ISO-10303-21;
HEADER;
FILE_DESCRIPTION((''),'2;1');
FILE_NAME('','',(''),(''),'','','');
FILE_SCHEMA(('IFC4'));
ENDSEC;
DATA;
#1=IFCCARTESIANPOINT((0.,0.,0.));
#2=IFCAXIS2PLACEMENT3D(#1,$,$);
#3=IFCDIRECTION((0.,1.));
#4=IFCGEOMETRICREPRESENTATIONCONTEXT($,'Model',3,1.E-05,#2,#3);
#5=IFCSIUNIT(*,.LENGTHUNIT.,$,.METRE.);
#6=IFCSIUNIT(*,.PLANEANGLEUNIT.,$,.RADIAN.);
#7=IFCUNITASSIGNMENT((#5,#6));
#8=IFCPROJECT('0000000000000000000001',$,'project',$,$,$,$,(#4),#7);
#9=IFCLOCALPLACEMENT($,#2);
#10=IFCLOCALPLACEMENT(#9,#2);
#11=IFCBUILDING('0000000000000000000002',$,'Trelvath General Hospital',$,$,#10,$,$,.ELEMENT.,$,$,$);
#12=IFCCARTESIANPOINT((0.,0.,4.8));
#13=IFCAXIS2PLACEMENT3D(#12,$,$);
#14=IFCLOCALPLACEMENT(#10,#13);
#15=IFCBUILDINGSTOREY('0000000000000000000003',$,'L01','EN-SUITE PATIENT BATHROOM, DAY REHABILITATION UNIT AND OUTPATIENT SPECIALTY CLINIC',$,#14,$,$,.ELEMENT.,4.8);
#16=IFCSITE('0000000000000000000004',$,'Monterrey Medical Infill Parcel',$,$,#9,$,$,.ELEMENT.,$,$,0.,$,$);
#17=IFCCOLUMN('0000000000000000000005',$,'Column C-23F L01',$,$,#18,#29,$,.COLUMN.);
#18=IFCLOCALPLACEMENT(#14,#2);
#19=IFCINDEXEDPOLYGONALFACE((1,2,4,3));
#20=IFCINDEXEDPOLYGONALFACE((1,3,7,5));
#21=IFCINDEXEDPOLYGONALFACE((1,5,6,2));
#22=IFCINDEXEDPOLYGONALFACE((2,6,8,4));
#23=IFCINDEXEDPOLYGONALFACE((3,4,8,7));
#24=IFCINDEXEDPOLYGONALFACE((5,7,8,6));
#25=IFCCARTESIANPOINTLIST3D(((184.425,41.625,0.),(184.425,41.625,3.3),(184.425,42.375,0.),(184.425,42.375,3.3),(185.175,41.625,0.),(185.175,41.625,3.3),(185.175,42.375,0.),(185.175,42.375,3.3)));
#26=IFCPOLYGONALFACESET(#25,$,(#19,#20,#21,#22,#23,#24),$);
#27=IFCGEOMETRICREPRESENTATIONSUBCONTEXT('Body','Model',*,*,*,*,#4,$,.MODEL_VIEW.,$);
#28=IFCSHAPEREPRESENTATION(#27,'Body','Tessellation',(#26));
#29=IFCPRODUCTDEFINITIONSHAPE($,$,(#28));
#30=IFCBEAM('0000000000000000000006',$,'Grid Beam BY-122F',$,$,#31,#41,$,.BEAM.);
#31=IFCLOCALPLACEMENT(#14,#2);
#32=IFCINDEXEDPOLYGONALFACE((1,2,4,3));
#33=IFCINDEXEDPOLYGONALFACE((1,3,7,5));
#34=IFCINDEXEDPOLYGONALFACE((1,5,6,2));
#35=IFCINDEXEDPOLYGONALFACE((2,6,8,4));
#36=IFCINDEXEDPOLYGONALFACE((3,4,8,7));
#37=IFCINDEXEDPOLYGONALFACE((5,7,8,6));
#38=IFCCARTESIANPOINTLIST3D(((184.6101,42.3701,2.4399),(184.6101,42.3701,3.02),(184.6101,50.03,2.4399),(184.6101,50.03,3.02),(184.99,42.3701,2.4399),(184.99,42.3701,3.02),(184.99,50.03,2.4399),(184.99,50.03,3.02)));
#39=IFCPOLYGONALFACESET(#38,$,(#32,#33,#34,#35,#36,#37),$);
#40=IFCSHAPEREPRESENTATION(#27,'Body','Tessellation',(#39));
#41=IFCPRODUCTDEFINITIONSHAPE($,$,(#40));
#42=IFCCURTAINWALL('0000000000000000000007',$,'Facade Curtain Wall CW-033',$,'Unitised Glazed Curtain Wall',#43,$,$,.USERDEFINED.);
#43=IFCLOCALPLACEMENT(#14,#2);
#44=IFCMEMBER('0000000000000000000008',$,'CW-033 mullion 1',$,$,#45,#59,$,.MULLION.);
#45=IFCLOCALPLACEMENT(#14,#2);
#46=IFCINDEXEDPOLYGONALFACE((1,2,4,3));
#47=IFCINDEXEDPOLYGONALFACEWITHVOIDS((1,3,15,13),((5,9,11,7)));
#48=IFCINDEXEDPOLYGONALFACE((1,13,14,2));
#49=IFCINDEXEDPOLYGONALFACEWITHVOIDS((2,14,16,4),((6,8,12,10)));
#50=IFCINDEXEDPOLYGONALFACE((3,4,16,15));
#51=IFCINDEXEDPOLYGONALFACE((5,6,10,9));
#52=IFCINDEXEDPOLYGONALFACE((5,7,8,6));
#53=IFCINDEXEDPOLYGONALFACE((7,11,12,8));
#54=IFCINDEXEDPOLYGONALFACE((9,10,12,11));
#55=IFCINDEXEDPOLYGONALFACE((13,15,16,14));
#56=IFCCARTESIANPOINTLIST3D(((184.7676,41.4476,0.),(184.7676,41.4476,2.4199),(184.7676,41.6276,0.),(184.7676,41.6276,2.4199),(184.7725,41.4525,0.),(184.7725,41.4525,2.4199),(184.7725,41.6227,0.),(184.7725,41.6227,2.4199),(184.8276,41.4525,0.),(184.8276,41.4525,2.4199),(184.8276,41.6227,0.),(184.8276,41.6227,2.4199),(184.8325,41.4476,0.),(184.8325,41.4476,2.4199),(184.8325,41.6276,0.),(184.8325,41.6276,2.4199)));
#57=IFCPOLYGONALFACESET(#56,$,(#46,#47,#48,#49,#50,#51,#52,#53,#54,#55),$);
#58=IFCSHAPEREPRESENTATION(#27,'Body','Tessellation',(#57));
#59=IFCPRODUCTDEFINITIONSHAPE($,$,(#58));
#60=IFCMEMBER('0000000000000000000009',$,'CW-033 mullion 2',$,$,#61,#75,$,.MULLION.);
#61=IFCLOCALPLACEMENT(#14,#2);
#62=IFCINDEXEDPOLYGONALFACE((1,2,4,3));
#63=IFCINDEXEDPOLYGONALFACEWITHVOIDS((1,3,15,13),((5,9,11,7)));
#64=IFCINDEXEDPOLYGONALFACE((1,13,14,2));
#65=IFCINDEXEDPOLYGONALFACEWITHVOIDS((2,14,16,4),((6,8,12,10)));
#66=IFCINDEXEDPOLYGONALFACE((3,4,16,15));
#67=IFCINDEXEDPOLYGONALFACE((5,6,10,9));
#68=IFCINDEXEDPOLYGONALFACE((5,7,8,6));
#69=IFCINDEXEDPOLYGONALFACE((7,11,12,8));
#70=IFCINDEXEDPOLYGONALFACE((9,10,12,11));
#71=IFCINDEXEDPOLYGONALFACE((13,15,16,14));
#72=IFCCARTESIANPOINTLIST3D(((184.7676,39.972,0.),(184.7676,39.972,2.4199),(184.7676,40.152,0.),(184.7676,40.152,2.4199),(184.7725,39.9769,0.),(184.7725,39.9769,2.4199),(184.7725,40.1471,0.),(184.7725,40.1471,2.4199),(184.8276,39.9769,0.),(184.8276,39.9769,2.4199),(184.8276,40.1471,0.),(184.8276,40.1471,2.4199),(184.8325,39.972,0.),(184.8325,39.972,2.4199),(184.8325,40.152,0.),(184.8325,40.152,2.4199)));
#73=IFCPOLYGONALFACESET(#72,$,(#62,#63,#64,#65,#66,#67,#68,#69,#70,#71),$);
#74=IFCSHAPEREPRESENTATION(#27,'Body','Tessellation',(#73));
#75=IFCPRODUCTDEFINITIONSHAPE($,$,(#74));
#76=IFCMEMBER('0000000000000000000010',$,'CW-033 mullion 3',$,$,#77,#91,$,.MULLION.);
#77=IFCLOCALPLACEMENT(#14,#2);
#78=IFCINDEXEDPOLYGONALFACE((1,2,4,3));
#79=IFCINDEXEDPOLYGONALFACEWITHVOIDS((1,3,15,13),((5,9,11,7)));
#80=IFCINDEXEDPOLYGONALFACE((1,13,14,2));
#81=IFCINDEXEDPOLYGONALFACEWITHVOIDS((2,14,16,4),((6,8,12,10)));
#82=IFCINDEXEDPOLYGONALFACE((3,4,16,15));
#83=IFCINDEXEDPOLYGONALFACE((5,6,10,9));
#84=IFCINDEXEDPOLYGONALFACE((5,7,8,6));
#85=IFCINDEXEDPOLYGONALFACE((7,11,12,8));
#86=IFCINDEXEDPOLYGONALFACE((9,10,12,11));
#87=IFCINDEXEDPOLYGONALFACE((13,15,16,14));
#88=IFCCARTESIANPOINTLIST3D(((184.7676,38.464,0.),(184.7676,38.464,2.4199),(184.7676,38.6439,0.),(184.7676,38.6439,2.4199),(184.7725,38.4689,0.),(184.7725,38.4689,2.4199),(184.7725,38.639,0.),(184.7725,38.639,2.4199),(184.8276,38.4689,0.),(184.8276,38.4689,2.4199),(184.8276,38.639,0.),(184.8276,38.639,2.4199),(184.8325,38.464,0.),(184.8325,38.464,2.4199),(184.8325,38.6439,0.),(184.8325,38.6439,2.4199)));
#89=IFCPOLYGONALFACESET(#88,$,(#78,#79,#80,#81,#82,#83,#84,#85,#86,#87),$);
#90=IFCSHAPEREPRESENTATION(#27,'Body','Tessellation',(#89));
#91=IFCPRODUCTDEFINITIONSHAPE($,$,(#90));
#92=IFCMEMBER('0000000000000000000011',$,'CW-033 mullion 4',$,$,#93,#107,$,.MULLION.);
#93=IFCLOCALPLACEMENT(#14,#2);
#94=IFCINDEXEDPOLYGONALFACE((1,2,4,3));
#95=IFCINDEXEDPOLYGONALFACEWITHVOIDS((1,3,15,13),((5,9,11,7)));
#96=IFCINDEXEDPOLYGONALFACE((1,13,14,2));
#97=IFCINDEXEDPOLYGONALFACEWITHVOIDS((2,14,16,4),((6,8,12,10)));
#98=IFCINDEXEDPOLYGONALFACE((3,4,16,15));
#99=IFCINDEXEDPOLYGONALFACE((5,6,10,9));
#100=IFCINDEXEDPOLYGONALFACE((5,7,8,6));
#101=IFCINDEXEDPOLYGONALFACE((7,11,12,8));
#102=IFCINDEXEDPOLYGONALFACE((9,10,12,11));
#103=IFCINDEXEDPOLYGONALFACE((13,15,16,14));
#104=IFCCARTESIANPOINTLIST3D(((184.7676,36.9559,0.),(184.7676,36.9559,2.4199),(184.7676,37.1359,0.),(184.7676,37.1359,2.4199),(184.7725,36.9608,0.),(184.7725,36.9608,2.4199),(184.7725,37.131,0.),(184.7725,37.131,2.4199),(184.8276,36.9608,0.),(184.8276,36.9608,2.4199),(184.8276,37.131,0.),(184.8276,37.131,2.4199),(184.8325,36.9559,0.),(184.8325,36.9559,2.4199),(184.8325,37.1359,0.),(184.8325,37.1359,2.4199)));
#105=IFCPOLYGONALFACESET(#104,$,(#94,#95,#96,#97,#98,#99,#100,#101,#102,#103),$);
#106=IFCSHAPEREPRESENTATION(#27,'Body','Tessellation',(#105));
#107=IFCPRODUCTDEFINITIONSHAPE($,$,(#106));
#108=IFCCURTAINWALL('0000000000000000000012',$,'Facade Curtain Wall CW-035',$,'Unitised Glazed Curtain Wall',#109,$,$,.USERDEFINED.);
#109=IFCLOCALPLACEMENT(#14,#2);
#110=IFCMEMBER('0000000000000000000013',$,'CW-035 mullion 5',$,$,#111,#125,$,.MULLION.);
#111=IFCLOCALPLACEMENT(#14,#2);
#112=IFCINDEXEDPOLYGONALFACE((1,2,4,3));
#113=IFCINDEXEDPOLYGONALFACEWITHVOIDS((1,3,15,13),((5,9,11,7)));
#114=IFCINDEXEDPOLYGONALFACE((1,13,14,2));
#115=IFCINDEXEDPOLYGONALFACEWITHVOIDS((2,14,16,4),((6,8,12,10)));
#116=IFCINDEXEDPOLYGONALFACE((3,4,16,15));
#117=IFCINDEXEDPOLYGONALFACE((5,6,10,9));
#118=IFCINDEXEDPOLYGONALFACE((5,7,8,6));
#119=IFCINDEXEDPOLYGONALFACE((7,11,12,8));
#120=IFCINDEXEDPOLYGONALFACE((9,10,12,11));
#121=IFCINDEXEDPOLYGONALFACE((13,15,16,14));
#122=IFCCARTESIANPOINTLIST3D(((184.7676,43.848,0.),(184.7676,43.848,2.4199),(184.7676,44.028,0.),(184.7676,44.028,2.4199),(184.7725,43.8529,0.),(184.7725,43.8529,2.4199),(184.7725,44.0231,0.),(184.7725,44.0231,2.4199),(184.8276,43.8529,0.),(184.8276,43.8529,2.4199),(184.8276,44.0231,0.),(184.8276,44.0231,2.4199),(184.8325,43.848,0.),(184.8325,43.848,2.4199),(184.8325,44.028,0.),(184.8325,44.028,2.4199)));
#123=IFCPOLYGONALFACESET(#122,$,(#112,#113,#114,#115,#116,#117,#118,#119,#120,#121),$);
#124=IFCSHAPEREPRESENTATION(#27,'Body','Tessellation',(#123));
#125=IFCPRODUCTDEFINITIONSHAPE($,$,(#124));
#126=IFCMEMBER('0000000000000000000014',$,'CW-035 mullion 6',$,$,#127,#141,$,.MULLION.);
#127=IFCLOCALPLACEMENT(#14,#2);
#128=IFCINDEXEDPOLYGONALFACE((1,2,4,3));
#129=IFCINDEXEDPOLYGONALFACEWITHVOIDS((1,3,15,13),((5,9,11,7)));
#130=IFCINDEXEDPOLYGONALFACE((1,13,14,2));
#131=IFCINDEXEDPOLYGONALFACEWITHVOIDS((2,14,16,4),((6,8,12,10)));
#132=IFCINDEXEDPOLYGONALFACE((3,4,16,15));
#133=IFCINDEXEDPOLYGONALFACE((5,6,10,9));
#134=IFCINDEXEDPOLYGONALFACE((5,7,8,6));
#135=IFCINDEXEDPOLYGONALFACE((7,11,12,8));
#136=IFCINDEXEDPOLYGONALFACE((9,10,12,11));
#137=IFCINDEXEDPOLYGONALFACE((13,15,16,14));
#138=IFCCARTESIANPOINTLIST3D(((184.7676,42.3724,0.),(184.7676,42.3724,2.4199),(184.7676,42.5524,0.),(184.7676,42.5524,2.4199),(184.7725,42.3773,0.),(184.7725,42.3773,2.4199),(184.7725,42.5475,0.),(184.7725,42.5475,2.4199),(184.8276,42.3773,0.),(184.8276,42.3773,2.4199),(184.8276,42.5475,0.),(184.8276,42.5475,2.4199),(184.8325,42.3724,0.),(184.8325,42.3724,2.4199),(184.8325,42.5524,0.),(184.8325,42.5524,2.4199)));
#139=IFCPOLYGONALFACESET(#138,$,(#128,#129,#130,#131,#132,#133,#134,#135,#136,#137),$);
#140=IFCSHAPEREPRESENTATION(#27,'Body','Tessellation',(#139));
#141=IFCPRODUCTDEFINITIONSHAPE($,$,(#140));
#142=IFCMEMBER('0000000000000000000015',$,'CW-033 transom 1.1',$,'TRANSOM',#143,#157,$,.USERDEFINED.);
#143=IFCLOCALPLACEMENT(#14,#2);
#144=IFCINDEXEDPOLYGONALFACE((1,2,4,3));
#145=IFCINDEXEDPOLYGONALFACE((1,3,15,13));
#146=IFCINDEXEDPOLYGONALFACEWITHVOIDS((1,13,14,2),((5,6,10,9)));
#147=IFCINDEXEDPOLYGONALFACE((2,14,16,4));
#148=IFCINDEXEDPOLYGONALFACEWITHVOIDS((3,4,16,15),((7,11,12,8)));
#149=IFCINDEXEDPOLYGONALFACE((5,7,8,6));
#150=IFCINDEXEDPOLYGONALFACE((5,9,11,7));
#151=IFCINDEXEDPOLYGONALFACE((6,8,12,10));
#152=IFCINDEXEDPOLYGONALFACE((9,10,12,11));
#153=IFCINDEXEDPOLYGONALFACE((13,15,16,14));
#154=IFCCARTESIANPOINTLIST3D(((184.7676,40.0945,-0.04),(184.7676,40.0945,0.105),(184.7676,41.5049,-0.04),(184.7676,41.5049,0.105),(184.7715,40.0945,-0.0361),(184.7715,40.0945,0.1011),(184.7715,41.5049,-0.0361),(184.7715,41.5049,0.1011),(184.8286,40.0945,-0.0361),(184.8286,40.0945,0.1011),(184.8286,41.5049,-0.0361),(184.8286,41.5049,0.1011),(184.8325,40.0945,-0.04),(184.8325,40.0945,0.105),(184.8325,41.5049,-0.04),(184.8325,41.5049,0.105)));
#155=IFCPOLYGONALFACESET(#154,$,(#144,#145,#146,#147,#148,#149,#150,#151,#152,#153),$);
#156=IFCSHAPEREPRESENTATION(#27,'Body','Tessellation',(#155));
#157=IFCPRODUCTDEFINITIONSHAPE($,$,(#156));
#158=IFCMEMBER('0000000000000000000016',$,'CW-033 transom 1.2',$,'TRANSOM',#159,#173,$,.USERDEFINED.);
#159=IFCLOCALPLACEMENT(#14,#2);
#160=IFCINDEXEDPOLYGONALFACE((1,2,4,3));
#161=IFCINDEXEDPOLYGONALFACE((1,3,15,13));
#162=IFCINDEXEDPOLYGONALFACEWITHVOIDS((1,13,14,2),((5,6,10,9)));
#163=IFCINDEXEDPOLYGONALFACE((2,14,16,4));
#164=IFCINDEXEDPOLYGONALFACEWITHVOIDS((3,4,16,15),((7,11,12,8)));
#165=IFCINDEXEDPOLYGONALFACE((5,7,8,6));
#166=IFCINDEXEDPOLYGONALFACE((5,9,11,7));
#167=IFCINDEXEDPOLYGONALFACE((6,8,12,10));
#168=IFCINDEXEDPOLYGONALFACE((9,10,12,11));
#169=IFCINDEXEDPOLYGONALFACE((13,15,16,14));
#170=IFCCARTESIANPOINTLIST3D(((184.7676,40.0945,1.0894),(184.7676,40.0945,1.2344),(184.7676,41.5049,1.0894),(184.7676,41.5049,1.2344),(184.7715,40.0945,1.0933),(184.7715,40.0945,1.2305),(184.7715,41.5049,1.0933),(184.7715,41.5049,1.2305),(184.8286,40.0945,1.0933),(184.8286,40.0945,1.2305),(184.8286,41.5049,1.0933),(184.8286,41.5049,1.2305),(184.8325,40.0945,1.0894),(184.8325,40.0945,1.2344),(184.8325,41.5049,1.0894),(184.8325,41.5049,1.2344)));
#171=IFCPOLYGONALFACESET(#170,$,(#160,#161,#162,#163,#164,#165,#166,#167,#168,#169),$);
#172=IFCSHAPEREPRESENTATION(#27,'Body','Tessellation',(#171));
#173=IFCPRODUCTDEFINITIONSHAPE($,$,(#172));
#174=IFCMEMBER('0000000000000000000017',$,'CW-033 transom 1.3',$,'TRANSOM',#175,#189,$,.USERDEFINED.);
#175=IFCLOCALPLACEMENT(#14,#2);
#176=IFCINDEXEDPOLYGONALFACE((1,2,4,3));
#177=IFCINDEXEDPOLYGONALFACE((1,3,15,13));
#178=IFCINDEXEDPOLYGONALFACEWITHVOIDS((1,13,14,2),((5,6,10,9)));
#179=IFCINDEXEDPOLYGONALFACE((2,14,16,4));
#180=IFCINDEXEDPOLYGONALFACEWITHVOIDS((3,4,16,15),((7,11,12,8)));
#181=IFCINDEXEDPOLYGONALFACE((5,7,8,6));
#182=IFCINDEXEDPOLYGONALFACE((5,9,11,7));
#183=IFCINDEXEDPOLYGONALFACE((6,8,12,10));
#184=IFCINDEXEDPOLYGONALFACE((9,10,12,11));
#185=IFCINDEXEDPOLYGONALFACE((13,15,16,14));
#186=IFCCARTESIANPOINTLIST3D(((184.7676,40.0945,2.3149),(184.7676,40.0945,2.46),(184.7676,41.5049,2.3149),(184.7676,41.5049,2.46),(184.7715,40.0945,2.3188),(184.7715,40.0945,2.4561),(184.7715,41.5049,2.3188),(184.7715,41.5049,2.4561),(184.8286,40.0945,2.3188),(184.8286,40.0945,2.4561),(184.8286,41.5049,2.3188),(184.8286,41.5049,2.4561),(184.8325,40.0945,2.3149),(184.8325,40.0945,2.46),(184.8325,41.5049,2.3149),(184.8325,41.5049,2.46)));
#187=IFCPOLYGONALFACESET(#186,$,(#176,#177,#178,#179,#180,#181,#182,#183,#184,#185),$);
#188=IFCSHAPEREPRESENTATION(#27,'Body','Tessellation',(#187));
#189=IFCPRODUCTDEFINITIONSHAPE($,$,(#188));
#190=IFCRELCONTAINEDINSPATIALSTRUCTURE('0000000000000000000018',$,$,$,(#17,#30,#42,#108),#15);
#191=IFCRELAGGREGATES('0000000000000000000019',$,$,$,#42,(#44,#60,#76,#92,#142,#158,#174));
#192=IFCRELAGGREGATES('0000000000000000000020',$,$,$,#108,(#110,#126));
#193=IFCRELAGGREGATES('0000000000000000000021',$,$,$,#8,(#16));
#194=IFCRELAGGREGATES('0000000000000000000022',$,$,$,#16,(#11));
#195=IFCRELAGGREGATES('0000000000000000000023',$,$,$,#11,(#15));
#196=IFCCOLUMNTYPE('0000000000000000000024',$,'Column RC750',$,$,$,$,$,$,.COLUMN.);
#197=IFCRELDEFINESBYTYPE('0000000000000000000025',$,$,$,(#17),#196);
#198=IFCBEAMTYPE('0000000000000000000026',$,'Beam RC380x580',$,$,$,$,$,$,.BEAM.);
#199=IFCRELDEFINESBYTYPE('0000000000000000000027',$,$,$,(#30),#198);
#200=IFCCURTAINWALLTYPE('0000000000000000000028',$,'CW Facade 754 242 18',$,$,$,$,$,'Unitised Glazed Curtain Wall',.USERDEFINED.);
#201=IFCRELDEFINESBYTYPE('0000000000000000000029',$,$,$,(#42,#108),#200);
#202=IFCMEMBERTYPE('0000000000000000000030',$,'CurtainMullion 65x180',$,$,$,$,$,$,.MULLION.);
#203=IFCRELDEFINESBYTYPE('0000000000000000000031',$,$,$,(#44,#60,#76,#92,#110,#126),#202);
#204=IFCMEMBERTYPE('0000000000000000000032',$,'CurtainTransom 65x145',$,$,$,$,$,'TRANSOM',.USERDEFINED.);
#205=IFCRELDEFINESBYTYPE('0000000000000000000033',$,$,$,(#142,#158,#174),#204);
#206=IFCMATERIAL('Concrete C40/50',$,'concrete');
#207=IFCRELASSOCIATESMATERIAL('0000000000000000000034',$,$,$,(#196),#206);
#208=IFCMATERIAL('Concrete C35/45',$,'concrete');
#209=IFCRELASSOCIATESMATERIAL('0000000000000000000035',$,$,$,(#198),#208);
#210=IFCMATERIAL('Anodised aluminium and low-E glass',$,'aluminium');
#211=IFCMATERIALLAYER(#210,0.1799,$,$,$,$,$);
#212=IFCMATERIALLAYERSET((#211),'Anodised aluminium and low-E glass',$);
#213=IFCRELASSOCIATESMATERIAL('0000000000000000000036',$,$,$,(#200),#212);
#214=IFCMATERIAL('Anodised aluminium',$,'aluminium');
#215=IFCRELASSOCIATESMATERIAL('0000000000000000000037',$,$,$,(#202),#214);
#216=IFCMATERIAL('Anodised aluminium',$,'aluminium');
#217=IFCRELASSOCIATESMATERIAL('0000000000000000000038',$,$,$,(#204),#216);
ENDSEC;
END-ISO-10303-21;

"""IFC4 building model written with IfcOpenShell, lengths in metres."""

from ifc_helpers import new_model, si_unit, direction, frame, origin, origin_2d, place, context, subcontext, project, spatial, rectangle, hollow_rectangle, extrude, material, layer, layer_set, material_profile, profile_set, type_object, element, aggregate, save


model = new_model("IFC4")

# Units and contexts
model_context = context("Model", 3, precision=1e-05, world=origin(), true_north=direction((0.0, 1.0)))
body_context = subcontext(model_context, "Body", "Model", "MODEL_VIEW")
ifc_project = project(units=[si_unit("LENGTHUNIT", "METRE"), si_unit("PLANEANGLEUNIT", "RADIAN")], contexts=[model_context])

# Site, building, storey
site_placement = place(None, origin())
site = spatial("IfcSite", under=ifc_project, at=site_placement, Name="Monterrey Medical Infill Parcel", CompositionType="ELEMENT", RefElevation=0.0)
building_placement = place(site_placement, origin())
building = spatial("IfcBuilding", under=site, at=building_placement, Name="Trelvath General Hospital", CompositionType="ELEMENT")
storey_placement = place(building_placement, frame((0.0, 0.0, 4.8)))
storey = spatial("IfcBuildingStorey", under=building, at=storey_placement, Name="L01", Description="EN-SUITE PATIENT BATHROOM, DAY REHABILITATION UNIT AND OUTPATIENT SPECIALTY CLINIC", CompositionType="ELEMENT", Elevation=4.8)

# Column
ifc_material_1 = material(Name="Concrete C40/50", Category="concrete")
ifc_material_profile_1 = material_profile(ifc_material_1, rectangle(XDim=0.75, YDim=0.75, at=origin_2d()), Name="RC750x750")
ifc_profile_set_1 = profile_set([ifc_material_profile_1], Name="Concrete C40/50")
column_type = type_object("IfcColumnType", Name="Column RC750", PredefinedType="COLUMN", material=ifc_profile_set_1)
column_placement = place(storey_placement, frame((184.8, 42.0, 0.0), z_axis=(0.0, 0.0, 1.0), x_axis=(1.0, 0.0, 0.0)))
element("IfcColumn", 1, at=column_placement, inside=storey, type_object=column_type, Name="Column C-23F L01", PredefinedType="COLUMN", context=body_context, shape_type="SweptSolid", body=[
    extrude(rectangle(XDim=0.75, YDim=0.75, at=origin_2d()), origin(), (0.0, 0.0, 1.0), 3.3),
])

# Beam
ifc_material_2 = material(Name="Concrete C35/45", Category="concrete")
ifc_material_profile_2 = material_profile(ifc_material_2, rectangle(XDim=0.3799, YDim=0.5801, at=origin_2d()), Name="RCB380x580")
ifc_profile_set_2 = profile_set([ifc_material_profile_2], Name="Concrete C35/45")
beam_type = type_object("IfcBeamType", Name="Beam RC380x580", PredefinedType="BEAM", material=ifc_profile_set_2)
beam_placement = place(storey_placement, frame((184.8, 42.3701, 2.73), z_axis=(0.0, 1.0, 0.0), x_axis=(-1.0, 0.0, 0.0)))
element("IfcBeam", 2, at=beam_placement, inside=storey, type_object=beam_type, Name="Grid Beam BY-122F", PredefinedType="BEAM", context=body_context, shape_type="SweptSolid", body=[
    extrude(rectangle(XDim=0.3799, YDim=0.5801, at=origin_2d()), origin(), (0.0, 0.0, 1.0), 7.6599),
])

# Curtain walls, members
ifc_material_3 = material(Name="Anodised aluminium and low-E glass", Category="aluminium")
ifc_layer_1 = layer(ifc_material_3, 0.1799)
ifc_layer_set_1 = layer_set([ifc_layer_1], Name="Anodised aluminium and low-E glass")
curtain_wall_type = type_object("IfcCurtainWallType", Name="CW Facade 754 242 18", ElementType="Unitised Glazed Curtain Wall", PredefinedType="USERDEFINED", material=ifc_layer_set_1)
curtain_wall_1_placement = place(storey_placement, origin())
curtain_wall_1 = element("IfcCurtainWall", 3, at=curtain_wall_1_placement, inside=storey, type_object=curtain_wall_type, Name="Facade Curtain Wall CW-033", ObjectType="Unitised Glazed Curtain Wall", PredefinedType="USERDEFINED")
ifc_material_4 = material(Name="Anodised aluminium", Category="aluminium")
ifc_material_profile_3 = material_profile(ifc_material_4, hollow_rectangle(XDim=0.0649, YDim=0.1799, WallThickness=0.0049, at=origin_2d()), Name="RHS65x180x5")
ifc_profile_set_3 = profile_set([ifc_material_profile_3], Name="Anodised aluminium")
member_type_1 = type_object("IfcMemberType", Name="CurtainMullion 65x180", PredefinedType="MULLION", material=ifc_profile_set_3)
member_1_placement = place(storey_placement, frame((184.8, 41.5376, 0.0), z_axis=(0.0, 0.0, 1.0), x_axis=(1.0, 0.0, 0.0)))
member_1 = element("IfcMember", 4, at=member_1_placement, type_object=member_type_1, Name="CW-033 mullion 1", PredefinedType="MULLION", context=body_context, shape_type="SweptSolid", body=[
    extrude(hollow_rectangle(XDim=0.0649, YDim=0.1799, WallThickness=0.0049, at=origin_2d()), origin(), (0.0, 0.0, 1.0), 2.4199),
])
member_2_placement = place(storey_placement, frame((184.8, 40.062, 0.0), z_axis=(0.0, 0.0, 1.0), x_axis=(1.0, 0.0, 0.0)))
member_2 = element("IfcMember", 5, at=member_2_placement, type_object=member_type_1, Name="CW-033 mullion 2", PredefinedType="MULLION", context=body_context, shape_type="SweptSolid", body=[
    extrude(hollow_rectangle(XDim=0.0649, YDim=0.1799, WallThickness=0.0049, at=origin_2d()), origin(), (0.0, 0.0, 1.0), 2.4199),
])
member_3_placement = place(storey_placement, frame((184.8, 38.554, 0.0), z_axis=(0.0, 0.0, 1.0), x_axis=(1.0, 0.0, 0.0)))
member_3 = element("IfcMember", 6, at=member_3_placement, type_object=member_type_1, Name="CW-033 mullion 3", PredefinedType="MULLION", context=body_context, shape_type="SweptSolid", body=[
    extrude(hollow_rectangle(XDim=0.0649, YDim=0.1799, WallThickness=0.0049, at=origin_2d()), origin(), (0.0, 0.0, 1.0), 2.4199),
])
member_4_placement = place(storey_placement, frame((184.8, 37.0459, 0.0), z_axis=(0.0, 0.0, 1.0), x_axis=(1.0, 0.0, 0.0)))
member_4 = element("IfcMember", 7, at=member_4_placement, type_object=member_type_1, Name="CW-033 mullion 4", PredefinedType="MULLION", context=body_context, shape_type="SweptSolid", body=[
    extrude(hollow_rectangle(XDim=0.0649, YDim=0.1799, WallThickness=0.0049, at=origin_2d()), origin(), (0.0, 0.0, 1.0), 2.4199),
])
curtain_wall_2_placement = place(storey_placement, origin())
curtain_wall_2 = element("IfcCurtainWall", 8, at=curtain_wall_2_placement, inside=storey, type_object=curtain_wall_type, Name="Facade Curtain Wall CW-035", ObjectType="Unitised Glazed Curtain Wall", PredefinedType="USERDEFINED")
member_5_placement = place(storey_placement, frame((184.8, 43.938, 0.0), z_axis=(0.0, 0.0, 1.0), x_axis=(1.0, 0.0, 0.0)))
member_5 = element("IfcMember", 9, at=member_5_placement, type_object=member_type_1, Name="CW-035 mullion 5", PredefinedType="MULLION", context=body_context, shape_type="SweptSolid", body=[
    extrude(hollow_rectangle(XDim=0.0649, YDim=0.1799, WallThickness=0.0049, at=origin_2d()), origin(), (0.0, 0.0, 1.0), 2.4199),
])
member_6_placement = place(storey_placement, frame((184.8, 42.4624, 0.0), z_axis=(0.0, 0.0, 1.0), x_axis=(1.0, 0.0, 0.0)))
member_6 = element("IfcMember", 10, at=member_6_placement, type_object=member_type_1, Name="CW-035 mullion 6", PredefinedType="MULLION", context=body_context, shape_type="SweptSolid", body=[
    extrude(hollow_rectangle(XDim=0.0649, YDim=0.1799, WallThickness=0.0049, at=origin_2d()), origin(), (0.0, 0.0, 1.0), 2.4199),
])

# Members
ifc_material_5 = material(Name="Anodised aluminium", Category="aluminium")
ifc_material_profile_4 = material_profile(ifc_material_5, hollow_rectangle(XDim=0.0649, YDim=0.145, WallThickness=0.0039, at=origin_2d()), Name="RHS65x145x4")
ifc_profile_set_4 = profile_set([ifc_material_profile_4], Name="Anodised aluminium")
member_type_2 = type_object("IfcMemberType", Name="CurtainTransom 65x145", ElementType="TRANSOM", PredefinedType="USERDEFINED", material=ifc_profile_set_4)
member_7_placement = place(storey_placement, frame((184.8, 41.5049, 0.0325), z_axis=(0.0, -1.0, 0.0), x_axis=(1.0, 0.0, 0.0)))
member_7 = element("IfcMember", 11, at=member_7_placement, type_object=member_type_2, Name="CW-033 transom 1.1", ObjectType="TRANSOM", PredefinedType="USERDEFINED", context=body_context, shape_type="SweptSolid", body=[
    extrude(hollow_rectangle(XDim=0.0649, YDim=0.145, WallThickness=0.0039, at=origin_2d()), origin(), (0.0, 0.0, 1.0), 1.4104),
])
member_8_placement = place(storey_placement, frame((184.8, 41.5049, 1.1619), z_axis=(0.0, -1.0, 0.0), x_axis=(1.0, 0.0, 0.0)))
member_8 = element("IfcMember", 12, at=member_8_placement, type_object=member_type_2, Name="CW-033 transom 1.2", ObjectType="TRANSOM", PredefinedType="USERDEFINED", context=body_context, shape_type="SweptSolid", body=[
    extrude(hollow_rectangle(XDim=0.0649, YDim=0.145, WallThickness=0.0039, at=origin_2d()), origin(), (0.0, 0.0, 1.0), 1.4104),
])
member_9_placement = place(storey_placement, frame((184.8, 41.5049, 2.3875), z_axis=(0.0, -1.0, 0.0), x_axis=(1.0, 0.0, 0.0)))
member_9 = element("IfcMember", 13, at=member_9_placement, type_object=member_type_2, Name="CW-033 transom 1.3", ObjectType="TRANSOM", PredefinedType="USERDEFINED", context=body_context, shape_type="SweptSolid", body=[
    extrude(hollow_rectangle(XDim=0.0649, YDim=0.145, WallThickness=0.0039, at=origin_2d()), origin(), (0.0, 0.0, 1.0), 1.4104),
])

aggregate(curtain_wall_1, [member_1, member_2, member_3, member_4, member_7, member_8, member_9])
aggregate(curtain_wall_2, [member_5, member_6])

save(model, "model.ifc")
